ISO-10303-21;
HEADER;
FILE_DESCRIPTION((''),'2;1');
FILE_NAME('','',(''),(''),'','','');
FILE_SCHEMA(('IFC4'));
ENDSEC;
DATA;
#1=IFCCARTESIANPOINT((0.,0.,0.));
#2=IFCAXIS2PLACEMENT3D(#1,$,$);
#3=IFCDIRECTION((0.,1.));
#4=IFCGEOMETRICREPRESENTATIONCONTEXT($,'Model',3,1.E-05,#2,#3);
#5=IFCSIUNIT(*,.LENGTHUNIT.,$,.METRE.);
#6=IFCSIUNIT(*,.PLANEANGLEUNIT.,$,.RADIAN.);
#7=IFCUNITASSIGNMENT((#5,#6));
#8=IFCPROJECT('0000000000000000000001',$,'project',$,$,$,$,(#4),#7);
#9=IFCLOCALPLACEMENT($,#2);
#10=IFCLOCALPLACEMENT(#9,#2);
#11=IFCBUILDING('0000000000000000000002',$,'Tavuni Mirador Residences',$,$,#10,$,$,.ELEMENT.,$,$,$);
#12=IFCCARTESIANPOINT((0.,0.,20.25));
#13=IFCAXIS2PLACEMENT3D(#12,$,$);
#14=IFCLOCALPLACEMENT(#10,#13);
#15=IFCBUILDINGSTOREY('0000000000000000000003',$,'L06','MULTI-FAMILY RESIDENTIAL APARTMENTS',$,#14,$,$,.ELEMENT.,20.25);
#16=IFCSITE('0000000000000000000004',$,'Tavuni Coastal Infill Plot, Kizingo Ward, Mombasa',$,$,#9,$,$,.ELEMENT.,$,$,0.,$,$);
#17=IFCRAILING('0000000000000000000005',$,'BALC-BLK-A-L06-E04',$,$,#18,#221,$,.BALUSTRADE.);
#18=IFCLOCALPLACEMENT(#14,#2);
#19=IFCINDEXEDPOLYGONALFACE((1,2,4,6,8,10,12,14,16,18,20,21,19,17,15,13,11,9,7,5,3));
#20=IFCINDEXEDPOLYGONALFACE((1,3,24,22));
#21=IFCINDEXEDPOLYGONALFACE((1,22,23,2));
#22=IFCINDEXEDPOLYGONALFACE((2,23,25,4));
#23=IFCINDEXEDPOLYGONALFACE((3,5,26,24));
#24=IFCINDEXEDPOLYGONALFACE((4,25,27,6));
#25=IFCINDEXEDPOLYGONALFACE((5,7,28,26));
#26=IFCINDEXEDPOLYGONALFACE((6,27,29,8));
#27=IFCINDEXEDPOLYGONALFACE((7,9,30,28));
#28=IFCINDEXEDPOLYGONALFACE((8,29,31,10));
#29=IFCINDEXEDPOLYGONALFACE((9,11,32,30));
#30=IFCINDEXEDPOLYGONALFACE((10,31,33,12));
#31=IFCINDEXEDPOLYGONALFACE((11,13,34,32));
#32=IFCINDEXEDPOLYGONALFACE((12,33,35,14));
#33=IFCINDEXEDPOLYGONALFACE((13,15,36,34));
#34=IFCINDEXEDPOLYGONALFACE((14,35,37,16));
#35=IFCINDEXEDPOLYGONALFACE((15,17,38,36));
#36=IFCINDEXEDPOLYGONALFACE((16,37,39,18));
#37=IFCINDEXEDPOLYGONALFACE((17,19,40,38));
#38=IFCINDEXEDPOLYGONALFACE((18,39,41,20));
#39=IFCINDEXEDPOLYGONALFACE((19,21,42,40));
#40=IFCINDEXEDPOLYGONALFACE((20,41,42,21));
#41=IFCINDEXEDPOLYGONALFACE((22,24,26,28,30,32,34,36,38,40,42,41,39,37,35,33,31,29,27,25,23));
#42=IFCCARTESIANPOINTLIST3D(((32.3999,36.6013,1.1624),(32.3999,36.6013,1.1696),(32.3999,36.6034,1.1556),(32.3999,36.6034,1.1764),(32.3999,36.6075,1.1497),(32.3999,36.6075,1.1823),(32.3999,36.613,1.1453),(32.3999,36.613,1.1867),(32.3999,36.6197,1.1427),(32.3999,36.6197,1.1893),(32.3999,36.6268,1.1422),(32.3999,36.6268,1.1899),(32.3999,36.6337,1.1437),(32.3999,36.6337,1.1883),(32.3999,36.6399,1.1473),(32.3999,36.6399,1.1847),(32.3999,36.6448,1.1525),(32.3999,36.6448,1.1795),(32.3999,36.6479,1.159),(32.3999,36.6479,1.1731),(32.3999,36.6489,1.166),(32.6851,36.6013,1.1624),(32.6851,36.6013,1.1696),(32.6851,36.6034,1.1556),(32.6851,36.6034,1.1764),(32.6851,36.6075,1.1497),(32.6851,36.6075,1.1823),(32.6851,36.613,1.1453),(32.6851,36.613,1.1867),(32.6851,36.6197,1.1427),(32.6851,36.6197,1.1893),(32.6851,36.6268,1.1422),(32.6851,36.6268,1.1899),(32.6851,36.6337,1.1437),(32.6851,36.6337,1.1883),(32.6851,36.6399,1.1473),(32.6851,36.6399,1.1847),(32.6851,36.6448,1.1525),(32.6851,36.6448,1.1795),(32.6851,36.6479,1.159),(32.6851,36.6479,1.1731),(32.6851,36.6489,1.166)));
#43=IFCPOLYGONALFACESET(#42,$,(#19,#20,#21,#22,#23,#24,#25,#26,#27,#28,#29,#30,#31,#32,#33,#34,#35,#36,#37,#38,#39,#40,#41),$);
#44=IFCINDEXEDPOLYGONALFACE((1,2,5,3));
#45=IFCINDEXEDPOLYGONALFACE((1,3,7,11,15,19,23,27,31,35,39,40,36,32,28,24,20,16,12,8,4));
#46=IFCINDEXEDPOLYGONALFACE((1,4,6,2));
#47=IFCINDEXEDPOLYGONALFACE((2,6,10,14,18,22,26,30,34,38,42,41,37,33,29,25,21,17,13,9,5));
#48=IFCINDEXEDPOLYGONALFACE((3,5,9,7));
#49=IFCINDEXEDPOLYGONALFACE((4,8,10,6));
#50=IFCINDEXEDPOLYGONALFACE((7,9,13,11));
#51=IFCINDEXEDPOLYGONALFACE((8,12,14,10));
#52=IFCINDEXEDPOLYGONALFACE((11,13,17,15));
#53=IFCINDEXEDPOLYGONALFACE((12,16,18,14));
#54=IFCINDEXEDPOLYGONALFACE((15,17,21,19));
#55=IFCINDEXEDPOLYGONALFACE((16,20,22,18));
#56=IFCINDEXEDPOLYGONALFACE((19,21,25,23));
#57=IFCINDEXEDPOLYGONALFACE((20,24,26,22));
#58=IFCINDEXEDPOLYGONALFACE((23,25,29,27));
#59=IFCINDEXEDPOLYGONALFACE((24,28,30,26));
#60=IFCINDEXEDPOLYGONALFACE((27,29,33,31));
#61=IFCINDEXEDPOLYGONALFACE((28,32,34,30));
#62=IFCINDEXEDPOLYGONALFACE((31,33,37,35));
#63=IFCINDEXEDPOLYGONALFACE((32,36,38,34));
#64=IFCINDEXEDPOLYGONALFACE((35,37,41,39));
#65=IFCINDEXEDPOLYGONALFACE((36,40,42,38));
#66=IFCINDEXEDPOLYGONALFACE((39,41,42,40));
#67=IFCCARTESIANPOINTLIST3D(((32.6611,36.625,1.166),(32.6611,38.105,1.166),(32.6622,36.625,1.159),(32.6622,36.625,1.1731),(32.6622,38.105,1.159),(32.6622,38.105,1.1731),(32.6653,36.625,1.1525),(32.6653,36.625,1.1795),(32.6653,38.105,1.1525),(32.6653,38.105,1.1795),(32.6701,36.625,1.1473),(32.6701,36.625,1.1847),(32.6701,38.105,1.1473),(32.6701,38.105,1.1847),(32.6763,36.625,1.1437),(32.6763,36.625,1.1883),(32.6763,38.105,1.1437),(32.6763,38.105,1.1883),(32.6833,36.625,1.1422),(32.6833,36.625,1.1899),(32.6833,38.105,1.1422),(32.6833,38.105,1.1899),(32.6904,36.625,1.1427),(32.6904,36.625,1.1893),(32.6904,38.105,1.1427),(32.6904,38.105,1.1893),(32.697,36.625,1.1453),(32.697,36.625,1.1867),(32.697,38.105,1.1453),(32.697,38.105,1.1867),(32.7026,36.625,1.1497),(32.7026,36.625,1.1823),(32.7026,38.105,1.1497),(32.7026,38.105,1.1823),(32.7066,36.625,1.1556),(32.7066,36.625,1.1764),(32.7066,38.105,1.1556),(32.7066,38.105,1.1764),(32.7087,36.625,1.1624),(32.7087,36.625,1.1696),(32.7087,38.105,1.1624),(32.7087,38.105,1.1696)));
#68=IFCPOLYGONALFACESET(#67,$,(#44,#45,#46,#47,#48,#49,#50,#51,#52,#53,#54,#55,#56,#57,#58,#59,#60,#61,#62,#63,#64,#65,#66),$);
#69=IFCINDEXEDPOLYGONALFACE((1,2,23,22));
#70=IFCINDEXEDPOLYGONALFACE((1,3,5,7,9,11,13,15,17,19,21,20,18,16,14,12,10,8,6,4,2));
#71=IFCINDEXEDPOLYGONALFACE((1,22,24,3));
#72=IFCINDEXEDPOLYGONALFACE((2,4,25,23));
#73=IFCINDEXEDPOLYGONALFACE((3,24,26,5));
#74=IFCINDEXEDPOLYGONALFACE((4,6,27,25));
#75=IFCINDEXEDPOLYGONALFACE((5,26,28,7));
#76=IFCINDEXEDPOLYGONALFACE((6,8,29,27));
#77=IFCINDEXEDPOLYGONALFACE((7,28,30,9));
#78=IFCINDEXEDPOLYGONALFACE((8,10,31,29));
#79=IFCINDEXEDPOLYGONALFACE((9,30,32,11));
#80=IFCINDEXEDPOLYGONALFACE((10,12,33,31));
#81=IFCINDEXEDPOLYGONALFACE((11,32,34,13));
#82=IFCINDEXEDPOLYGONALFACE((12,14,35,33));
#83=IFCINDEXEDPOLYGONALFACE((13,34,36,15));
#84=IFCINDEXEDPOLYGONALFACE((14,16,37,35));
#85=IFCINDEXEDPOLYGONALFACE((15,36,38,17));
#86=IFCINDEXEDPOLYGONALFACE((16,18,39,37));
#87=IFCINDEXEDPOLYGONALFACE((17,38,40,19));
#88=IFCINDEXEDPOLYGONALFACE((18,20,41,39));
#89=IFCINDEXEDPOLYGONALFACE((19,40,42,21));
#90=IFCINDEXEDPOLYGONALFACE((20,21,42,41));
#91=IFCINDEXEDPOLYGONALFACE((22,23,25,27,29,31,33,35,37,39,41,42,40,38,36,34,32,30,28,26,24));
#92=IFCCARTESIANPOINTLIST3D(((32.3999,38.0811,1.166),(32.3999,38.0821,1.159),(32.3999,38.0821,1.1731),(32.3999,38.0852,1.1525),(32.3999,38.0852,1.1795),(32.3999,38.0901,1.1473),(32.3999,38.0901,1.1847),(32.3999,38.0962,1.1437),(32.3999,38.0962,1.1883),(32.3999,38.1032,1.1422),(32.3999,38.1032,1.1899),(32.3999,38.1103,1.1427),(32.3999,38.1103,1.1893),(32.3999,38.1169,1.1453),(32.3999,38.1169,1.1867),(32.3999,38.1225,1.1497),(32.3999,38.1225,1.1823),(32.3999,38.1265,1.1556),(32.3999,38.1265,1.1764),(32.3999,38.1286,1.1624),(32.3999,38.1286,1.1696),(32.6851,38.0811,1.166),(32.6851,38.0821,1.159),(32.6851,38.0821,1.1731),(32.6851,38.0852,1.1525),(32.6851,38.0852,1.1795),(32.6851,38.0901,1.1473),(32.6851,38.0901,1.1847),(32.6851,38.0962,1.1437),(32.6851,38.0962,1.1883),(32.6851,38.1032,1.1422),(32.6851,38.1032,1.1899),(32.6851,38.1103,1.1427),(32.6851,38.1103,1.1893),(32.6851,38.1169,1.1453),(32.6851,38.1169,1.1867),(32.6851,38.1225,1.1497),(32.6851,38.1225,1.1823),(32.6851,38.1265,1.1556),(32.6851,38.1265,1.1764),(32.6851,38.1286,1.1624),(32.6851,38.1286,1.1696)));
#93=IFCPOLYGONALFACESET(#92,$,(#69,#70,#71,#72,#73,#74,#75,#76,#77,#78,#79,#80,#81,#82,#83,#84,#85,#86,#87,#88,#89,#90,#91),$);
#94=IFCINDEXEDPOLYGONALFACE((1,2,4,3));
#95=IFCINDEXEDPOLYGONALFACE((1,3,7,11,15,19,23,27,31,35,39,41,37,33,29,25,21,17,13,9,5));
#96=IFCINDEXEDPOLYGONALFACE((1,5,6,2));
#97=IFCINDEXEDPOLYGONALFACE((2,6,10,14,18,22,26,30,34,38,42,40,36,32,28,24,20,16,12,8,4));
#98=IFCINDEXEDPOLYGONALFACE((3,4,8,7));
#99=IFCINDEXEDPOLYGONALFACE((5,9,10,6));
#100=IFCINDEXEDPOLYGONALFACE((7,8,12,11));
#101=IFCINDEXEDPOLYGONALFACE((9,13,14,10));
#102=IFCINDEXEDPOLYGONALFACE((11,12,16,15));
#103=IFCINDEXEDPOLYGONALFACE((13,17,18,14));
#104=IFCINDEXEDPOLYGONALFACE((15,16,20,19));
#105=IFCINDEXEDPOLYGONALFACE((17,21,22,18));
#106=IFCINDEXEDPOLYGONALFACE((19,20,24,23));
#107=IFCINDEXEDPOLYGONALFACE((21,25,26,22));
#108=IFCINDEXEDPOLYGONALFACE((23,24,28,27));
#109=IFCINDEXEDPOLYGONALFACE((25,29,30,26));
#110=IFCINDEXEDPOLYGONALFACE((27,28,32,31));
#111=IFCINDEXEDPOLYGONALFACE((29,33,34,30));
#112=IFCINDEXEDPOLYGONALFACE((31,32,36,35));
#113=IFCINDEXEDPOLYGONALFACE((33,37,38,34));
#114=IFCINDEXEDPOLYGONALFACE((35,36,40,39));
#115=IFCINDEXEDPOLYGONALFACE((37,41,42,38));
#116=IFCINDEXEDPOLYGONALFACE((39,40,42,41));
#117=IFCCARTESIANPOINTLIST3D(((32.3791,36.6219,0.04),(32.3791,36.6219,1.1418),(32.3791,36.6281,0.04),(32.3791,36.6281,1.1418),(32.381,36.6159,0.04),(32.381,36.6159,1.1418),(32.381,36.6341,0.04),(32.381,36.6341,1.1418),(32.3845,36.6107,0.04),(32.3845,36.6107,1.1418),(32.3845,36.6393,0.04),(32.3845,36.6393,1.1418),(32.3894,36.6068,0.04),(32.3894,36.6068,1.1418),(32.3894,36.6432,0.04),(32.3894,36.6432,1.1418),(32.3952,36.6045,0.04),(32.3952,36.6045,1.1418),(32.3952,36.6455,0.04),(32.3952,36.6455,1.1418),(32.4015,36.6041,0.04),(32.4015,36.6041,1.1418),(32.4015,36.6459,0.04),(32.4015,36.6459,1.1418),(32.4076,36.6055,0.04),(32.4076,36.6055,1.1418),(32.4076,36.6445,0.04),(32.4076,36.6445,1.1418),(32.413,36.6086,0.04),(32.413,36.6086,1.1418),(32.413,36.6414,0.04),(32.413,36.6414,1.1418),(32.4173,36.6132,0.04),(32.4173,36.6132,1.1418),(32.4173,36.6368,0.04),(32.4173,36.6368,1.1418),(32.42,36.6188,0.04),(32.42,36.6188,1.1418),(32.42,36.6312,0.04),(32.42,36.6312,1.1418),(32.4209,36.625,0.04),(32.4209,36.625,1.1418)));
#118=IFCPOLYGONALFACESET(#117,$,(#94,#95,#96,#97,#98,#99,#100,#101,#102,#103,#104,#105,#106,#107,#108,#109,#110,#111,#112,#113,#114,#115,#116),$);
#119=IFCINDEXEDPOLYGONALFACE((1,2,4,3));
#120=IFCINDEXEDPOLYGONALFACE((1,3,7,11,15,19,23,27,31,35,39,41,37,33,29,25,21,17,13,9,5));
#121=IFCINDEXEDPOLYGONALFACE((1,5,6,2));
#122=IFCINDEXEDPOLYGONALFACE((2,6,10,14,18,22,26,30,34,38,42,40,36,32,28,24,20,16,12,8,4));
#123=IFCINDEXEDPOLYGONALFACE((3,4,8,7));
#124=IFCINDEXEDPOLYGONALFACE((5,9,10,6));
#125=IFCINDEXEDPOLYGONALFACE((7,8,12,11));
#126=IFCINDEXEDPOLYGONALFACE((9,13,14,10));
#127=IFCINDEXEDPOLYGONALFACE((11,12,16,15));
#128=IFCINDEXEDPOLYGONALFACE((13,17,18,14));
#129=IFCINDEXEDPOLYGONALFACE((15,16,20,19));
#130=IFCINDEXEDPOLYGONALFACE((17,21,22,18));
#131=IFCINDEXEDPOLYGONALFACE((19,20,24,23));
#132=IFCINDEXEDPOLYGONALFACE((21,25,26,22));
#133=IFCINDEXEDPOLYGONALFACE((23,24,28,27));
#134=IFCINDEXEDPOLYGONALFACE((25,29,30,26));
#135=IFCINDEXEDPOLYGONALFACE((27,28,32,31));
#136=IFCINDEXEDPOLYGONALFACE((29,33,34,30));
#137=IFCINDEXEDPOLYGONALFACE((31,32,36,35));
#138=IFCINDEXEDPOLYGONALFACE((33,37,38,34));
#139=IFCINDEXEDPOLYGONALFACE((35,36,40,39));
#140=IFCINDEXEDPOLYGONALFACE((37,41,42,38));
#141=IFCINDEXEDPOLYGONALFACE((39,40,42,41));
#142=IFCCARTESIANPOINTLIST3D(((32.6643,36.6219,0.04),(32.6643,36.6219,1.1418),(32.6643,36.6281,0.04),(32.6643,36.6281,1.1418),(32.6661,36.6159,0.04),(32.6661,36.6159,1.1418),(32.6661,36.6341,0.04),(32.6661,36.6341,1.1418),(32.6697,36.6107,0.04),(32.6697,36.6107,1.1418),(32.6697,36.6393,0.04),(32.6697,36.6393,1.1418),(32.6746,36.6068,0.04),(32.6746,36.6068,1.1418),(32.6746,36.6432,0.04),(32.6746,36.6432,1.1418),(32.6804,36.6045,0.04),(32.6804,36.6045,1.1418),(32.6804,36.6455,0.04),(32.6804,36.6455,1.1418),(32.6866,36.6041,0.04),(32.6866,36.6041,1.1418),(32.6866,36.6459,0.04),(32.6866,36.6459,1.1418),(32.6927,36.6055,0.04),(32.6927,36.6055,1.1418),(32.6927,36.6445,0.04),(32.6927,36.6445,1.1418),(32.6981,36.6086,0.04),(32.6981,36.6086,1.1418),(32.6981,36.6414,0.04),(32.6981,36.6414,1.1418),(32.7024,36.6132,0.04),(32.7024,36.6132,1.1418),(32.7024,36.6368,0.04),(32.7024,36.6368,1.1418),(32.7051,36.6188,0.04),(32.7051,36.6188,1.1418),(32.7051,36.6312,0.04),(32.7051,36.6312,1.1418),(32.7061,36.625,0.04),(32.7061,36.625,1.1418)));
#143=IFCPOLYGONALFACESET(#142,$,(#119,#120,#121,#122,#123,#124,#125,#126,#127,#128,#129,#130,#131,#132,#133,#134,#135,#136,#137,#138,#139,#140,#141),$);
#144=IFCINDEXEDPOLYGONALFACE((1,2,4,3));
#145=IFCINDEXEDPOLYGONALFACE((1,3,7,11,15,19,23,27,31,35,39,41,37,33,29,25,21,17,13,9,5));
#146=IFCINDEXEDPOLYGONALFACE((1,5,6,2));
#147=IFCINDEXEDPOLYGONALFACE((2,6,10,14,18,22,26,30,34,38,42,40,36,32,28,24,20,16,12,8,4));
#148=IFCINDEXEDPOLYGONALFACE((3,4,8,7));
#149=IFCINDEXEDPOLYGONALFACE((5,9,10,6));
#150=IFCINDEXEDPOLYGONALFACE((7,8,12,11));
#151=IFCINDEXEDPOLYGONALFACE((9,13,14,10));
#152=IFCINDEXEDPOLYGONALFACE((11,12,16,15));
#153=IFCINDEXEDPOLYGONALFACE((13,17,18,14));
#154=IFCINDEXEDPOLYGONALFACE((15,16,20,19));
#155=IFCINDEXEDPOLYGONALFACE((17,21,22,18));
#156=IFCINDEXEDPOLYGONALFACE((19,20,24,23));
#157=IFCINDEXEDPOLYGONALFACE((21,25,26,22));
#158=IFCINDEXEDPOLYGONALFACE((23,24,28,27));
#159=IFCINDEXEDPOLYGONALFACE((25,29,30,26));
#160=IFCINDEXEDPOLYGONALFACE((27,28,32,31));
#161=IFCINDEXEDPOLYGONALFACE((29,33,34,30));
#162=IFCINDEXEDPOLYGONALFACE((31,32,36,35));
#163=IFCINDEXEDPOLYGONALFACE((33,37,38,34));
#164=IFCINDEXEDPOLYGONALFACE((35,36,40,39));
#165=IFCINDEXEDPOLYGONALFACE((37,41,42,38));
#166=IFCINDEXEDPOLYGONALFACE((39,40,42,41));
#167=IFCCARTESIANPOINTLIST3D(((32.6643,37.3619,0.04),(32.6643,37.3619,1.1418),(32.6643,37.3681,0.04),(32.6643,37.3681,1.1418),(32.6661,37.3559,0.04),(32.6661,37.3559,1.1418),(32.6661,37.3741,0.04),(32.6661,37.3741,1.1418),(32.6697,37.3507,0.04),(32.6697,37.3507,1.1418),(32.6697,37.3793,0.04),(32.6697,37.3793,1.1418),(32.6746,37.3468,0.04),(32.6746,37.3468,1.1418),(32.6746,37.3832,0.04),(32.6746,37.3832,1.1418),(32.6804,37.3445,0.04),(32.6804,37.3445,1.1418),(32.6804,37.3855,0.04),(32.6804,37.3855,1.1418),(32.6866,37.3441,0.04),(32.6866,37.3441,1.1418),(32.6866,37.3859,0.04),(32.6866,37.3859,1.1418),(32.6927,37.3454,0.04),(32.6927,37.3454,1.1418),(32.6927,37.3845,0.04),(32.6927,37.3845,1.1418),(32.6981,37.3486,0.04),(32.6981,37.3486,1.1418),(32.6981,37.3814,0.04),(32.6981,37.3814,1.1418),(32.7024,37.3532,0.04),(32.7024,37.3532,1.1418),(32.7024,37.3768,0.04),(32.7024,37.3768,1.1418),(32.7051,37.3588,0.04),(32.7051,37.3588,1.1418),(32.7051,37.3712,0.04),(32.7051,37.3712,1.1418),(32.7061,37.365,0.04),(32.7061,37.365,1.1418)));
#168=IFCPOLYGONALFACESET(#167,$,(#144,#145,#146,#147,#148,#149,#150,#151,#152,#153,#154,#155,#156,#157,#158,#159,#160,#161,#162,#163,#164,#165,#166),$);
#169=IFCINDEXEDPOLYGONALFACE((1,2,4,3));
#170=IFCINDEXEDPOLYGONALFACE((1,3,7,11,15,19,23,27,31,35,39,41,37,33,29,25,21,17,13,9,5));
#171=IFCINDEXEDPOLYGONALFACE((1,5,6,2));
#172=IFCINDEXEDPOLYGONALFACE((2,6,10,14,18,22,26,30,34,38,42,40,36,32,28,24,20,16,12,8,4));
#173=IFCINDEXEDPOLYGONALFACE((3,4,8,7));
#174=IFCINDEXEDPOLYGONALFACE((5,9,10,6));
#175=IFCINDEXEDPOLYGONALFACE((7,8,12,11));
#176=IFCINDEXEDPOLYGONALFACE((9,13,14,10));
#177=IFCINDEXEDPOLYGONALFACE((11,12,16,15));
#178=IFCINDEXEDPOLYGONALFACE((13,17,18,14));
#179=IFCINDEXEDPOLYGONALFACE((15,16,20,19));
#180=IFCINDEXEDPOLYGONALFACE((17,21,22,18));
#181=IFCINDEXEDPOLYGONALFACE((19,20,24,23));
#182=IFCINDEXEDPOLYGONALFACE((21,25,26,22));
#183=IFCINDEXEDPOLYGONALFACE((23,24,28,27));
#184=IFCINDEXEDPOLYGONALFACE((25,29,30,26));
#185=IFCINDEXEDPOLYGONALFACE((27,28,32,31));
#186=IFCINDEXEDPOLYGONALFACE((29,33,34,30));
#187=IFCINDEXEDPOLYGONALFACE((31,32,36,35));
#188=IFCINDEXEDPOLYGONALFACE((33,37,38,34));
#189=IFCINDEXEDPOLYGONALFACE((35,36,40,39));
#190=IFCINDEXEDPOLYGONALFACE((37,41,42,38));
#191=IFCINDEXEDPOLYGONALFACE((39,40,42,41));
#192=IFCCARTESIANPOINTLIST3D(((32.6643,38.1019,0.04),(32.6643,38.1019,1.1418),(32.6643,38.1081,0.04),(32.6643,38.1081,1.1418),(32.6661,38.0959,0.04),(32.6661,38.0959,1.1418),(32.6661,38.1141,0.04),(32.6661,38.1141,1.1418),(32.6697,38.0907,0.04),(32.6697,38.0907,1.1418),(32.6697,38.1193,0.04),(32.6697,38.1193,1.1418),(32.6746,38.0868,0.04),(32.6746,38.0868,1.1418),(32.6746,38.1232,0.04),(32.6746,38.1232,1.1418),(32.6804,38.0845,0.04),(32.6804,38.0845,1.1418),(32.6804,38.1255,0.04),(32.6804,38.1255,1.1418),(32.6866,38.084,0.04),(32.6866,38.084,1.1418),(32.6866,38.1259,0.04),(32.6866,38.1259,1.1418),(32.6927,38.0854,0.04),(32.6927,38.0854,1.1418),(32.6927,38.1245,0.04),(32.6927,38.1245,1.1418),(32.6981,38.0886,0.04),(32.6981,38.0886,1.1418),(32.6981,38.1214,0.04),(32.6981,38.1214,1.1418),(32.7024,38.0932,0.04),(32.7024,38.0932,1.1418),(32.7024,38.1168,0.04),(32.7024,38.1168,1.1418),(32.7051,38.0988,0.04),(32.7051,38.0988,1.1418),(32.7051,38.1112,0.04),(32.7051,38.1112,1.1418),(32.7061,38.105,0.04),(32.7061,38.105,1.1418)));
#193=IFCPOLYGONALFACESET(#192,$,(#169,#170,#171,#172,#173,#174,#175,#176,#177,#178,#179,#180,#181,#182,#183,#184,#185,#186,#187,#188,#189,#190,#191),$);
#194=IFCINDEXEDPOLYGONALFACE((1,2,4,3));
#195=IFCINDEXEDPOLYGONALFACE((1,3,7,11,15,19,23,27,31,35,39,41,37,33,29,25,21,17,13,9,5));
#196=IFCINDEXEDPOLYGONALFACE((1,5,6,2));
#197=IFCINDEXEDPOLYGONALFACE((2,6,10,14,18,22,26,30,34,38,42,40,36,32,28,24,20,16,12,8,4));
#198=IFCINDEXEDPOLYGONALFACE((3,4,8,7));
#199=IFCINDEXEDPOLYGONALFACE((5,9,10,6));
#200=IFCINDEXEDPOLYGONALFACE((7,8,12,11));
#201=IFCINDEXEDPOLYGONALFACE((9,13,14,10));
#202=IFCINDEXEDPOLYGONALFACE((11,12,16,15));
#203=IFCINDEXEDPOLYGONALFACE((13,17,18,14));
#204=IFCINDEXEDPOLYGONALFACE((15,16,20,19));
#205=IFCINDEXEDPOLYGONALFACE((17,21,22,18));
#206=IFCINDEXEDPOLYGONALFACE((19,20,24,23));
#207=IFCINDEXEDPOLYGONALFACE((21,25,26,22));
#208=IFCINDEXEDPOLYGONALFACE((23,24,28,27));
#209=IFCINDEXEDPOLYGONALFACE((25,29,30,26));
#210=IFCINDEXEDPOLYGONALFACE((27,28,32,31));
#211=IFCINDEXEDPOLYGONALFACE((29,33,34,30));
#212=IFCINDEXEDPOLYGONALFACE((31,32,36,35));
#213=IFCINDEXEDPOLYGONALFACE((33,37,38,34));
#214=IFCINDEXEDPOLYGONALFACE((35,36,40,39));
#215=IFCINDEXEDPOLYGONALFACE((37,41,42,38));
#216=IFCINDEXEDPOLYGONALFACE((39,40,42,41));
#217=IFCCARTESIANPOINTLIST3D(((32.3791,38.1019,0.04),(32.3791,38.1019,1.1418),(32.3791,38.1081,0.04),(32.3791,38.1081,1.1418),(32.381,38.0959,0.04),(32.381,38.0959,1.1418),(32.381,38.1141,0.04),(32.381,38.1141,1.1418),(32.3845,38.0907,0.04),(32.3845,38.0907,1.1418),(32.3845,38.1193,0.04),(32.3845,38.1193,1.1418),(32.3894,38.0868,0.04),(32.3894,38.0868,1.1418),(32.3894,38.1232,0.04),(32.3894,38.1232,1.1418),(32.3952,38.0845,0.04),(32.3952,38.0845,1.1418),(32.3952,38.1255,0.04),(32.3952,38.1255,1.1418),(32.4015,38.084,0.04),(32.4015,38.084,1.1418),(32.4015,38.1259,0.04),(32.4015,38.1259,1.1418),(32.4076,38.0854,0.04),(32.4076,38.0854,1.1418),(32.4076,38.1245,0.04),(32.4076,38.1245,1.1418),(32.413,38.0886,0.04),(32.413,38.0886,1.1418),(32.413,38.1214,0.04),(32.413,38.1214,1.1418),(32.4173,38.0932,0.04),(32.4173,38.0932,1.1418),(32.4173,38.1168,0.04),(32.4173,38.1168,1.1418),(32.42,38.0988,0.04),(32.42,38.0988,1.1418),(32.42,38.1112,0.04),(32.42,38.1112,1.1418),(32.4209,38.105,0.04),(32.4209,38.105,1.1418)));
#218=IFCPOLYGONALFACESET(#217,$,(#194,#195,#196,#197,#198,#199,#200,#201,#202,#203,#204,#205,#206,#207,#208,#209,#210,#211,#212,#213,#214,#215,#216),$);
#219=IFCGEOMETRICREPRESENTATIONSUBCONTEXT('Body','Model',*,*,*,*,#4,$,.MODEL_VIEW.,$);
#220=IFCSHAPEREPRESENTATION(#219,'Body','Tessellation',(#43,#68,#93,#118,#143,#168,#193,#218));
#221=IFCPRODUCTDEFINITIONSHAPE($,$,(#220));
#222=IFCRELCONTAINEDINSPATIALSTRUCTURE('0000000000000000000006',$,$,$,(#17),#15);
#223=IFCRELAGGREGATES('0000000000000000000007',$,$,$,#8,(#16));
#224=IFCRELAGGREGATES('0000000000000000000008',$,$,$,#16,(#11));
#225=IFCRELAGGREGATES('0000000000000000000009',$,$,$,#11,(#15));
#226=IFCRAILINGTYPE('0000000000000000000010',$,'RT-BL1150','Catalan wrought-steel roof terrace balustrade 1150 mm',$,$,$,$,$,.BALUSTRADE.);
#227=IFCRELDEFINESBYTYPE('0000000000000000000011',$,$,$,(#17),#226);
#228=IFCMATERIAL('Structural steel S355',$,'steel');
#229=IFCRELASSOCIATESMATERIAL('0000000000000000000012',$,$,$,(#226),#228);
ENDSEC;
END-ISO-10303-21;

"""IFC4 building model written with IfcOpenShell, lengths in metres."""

from ifc_helpers import new_model, si_unit, direction, frame, origin, origin_2d, place, context, subcontext, project, spatial, circle, extrude, material, type_object, element, save


model = new_model("IFC4")

# Units and contexts
model_context = context("Model", 3, precision=1e-05, world=origin(), true_north=direction((0.0, 1.0)))
body_context = subcontext(model_context, "Body", "Model", "MODEL_VIEW")
ifc_project = project(units=[si_unit("LENGTHUNIT", "METRE"), si_unit("PLANEANGLEUNIT", "RADIAN")], contexts=[model_context])

# Site, building, storey
site_placement = place(None, origin())
site = spatial("IfcSite", under=ifc_project, at=site_placement, Name="Tavuni Coastal Infill Plot, Kizingo Ward, Mombasa", CompositionType="ELEMENT", RefElevation=0.0)
building_placement = place(site_placement, origin())
building = spatial("IfcBuilding", under=site, at=building_placement, Name="Tavuni Mirador Residences", CompositionType="ELEMENT")
storey_placement = place(building_placement, frame((0.0, 0.0, 20.25)))
storey = spatial("IfcBuildingStorey", under=building, at=storey_placement, Name="L06", Description="MULTI-FAMILY RESIDENTIAL APARTMENTS", CompositionType="ELEMENT", Elevation=20.25)

# Railing
ifc_material_1 = material(Name="Structural steel S355", Category="steel")
railing_type = type_object("IfcRailingType", Name="RT-BL1150", Description="Catalan wrought-steel roof terrace balustrade 1150 mm", PredefinedType="BALUSTRADE", material=ifc_material_1)
railing_1_placement = place(storey_placement, frame((32.3999, 36.625, 0.04)))
element("IfcRailing", 1, at=railing_1_placement, inside=storey, type_object=railing_type, Name="BALC-BLK-A-L06-E04", PredefinedType="BALUSTRADE", context=body_context, shape_type="SweptSolid", body=[
    extrude(circle(Radius=0.0239, at=origin_2d()), frame((0.0, 0.0, 1.126), z_axis=(1.0, 0.0, 0.0), x_axis=(0.0, 1.0, 0.0)), (0.0, 0.0, 1.0), 0.2852),
    extrude(circle(Radius=0.0239, at=origin_2d()), frame((0.2852, 0.0, 1.126), z_axis=(0.0, 1.0, 0.0), x_axis=(-1.0, 0.0, 0.0)), (0.0, 0.0, 1.0), 1.48),
    extrude(circle(Radius=0.0239, at=origin_2d()), frame((0.2852, 1.48, 1.126), z_axis=(-1.0, 0.0, 0.0), x_axis=(0.0, -1.0, 0.0)), (0.0, 0.0, 1.0), 0.2852),
    extrude(circle(Radius=0.021, at=origin_2d()), origin(), (0.0, 0.0, 1.0), 1.1018),
    extrude(circle(Radius=0.021, at=origin_2d()), frame((0.2852, 0.0, 0.0)), (0.0, 0.0, 1.0), 1.1018),
    extrude(circle(Radius=0.021, at=origin_2d()), frame((0.2852, 0.74, 0.0)), (0.0, 0.0, 1.0), 1.1018),
    extrude(circle(Radius=0.021, at=origin_2d()), frame((0.2852, 1.48, 0.0)), (0.0, 0.0, 1.0), 1.1018),
    extrude(circle(Radius=0.021, at=origin_2d()), frame((0.0, 1.48, 0.0)), (0.0, 0.0, 1.0), 1.1018),
])

save(model, "model.ifc")
